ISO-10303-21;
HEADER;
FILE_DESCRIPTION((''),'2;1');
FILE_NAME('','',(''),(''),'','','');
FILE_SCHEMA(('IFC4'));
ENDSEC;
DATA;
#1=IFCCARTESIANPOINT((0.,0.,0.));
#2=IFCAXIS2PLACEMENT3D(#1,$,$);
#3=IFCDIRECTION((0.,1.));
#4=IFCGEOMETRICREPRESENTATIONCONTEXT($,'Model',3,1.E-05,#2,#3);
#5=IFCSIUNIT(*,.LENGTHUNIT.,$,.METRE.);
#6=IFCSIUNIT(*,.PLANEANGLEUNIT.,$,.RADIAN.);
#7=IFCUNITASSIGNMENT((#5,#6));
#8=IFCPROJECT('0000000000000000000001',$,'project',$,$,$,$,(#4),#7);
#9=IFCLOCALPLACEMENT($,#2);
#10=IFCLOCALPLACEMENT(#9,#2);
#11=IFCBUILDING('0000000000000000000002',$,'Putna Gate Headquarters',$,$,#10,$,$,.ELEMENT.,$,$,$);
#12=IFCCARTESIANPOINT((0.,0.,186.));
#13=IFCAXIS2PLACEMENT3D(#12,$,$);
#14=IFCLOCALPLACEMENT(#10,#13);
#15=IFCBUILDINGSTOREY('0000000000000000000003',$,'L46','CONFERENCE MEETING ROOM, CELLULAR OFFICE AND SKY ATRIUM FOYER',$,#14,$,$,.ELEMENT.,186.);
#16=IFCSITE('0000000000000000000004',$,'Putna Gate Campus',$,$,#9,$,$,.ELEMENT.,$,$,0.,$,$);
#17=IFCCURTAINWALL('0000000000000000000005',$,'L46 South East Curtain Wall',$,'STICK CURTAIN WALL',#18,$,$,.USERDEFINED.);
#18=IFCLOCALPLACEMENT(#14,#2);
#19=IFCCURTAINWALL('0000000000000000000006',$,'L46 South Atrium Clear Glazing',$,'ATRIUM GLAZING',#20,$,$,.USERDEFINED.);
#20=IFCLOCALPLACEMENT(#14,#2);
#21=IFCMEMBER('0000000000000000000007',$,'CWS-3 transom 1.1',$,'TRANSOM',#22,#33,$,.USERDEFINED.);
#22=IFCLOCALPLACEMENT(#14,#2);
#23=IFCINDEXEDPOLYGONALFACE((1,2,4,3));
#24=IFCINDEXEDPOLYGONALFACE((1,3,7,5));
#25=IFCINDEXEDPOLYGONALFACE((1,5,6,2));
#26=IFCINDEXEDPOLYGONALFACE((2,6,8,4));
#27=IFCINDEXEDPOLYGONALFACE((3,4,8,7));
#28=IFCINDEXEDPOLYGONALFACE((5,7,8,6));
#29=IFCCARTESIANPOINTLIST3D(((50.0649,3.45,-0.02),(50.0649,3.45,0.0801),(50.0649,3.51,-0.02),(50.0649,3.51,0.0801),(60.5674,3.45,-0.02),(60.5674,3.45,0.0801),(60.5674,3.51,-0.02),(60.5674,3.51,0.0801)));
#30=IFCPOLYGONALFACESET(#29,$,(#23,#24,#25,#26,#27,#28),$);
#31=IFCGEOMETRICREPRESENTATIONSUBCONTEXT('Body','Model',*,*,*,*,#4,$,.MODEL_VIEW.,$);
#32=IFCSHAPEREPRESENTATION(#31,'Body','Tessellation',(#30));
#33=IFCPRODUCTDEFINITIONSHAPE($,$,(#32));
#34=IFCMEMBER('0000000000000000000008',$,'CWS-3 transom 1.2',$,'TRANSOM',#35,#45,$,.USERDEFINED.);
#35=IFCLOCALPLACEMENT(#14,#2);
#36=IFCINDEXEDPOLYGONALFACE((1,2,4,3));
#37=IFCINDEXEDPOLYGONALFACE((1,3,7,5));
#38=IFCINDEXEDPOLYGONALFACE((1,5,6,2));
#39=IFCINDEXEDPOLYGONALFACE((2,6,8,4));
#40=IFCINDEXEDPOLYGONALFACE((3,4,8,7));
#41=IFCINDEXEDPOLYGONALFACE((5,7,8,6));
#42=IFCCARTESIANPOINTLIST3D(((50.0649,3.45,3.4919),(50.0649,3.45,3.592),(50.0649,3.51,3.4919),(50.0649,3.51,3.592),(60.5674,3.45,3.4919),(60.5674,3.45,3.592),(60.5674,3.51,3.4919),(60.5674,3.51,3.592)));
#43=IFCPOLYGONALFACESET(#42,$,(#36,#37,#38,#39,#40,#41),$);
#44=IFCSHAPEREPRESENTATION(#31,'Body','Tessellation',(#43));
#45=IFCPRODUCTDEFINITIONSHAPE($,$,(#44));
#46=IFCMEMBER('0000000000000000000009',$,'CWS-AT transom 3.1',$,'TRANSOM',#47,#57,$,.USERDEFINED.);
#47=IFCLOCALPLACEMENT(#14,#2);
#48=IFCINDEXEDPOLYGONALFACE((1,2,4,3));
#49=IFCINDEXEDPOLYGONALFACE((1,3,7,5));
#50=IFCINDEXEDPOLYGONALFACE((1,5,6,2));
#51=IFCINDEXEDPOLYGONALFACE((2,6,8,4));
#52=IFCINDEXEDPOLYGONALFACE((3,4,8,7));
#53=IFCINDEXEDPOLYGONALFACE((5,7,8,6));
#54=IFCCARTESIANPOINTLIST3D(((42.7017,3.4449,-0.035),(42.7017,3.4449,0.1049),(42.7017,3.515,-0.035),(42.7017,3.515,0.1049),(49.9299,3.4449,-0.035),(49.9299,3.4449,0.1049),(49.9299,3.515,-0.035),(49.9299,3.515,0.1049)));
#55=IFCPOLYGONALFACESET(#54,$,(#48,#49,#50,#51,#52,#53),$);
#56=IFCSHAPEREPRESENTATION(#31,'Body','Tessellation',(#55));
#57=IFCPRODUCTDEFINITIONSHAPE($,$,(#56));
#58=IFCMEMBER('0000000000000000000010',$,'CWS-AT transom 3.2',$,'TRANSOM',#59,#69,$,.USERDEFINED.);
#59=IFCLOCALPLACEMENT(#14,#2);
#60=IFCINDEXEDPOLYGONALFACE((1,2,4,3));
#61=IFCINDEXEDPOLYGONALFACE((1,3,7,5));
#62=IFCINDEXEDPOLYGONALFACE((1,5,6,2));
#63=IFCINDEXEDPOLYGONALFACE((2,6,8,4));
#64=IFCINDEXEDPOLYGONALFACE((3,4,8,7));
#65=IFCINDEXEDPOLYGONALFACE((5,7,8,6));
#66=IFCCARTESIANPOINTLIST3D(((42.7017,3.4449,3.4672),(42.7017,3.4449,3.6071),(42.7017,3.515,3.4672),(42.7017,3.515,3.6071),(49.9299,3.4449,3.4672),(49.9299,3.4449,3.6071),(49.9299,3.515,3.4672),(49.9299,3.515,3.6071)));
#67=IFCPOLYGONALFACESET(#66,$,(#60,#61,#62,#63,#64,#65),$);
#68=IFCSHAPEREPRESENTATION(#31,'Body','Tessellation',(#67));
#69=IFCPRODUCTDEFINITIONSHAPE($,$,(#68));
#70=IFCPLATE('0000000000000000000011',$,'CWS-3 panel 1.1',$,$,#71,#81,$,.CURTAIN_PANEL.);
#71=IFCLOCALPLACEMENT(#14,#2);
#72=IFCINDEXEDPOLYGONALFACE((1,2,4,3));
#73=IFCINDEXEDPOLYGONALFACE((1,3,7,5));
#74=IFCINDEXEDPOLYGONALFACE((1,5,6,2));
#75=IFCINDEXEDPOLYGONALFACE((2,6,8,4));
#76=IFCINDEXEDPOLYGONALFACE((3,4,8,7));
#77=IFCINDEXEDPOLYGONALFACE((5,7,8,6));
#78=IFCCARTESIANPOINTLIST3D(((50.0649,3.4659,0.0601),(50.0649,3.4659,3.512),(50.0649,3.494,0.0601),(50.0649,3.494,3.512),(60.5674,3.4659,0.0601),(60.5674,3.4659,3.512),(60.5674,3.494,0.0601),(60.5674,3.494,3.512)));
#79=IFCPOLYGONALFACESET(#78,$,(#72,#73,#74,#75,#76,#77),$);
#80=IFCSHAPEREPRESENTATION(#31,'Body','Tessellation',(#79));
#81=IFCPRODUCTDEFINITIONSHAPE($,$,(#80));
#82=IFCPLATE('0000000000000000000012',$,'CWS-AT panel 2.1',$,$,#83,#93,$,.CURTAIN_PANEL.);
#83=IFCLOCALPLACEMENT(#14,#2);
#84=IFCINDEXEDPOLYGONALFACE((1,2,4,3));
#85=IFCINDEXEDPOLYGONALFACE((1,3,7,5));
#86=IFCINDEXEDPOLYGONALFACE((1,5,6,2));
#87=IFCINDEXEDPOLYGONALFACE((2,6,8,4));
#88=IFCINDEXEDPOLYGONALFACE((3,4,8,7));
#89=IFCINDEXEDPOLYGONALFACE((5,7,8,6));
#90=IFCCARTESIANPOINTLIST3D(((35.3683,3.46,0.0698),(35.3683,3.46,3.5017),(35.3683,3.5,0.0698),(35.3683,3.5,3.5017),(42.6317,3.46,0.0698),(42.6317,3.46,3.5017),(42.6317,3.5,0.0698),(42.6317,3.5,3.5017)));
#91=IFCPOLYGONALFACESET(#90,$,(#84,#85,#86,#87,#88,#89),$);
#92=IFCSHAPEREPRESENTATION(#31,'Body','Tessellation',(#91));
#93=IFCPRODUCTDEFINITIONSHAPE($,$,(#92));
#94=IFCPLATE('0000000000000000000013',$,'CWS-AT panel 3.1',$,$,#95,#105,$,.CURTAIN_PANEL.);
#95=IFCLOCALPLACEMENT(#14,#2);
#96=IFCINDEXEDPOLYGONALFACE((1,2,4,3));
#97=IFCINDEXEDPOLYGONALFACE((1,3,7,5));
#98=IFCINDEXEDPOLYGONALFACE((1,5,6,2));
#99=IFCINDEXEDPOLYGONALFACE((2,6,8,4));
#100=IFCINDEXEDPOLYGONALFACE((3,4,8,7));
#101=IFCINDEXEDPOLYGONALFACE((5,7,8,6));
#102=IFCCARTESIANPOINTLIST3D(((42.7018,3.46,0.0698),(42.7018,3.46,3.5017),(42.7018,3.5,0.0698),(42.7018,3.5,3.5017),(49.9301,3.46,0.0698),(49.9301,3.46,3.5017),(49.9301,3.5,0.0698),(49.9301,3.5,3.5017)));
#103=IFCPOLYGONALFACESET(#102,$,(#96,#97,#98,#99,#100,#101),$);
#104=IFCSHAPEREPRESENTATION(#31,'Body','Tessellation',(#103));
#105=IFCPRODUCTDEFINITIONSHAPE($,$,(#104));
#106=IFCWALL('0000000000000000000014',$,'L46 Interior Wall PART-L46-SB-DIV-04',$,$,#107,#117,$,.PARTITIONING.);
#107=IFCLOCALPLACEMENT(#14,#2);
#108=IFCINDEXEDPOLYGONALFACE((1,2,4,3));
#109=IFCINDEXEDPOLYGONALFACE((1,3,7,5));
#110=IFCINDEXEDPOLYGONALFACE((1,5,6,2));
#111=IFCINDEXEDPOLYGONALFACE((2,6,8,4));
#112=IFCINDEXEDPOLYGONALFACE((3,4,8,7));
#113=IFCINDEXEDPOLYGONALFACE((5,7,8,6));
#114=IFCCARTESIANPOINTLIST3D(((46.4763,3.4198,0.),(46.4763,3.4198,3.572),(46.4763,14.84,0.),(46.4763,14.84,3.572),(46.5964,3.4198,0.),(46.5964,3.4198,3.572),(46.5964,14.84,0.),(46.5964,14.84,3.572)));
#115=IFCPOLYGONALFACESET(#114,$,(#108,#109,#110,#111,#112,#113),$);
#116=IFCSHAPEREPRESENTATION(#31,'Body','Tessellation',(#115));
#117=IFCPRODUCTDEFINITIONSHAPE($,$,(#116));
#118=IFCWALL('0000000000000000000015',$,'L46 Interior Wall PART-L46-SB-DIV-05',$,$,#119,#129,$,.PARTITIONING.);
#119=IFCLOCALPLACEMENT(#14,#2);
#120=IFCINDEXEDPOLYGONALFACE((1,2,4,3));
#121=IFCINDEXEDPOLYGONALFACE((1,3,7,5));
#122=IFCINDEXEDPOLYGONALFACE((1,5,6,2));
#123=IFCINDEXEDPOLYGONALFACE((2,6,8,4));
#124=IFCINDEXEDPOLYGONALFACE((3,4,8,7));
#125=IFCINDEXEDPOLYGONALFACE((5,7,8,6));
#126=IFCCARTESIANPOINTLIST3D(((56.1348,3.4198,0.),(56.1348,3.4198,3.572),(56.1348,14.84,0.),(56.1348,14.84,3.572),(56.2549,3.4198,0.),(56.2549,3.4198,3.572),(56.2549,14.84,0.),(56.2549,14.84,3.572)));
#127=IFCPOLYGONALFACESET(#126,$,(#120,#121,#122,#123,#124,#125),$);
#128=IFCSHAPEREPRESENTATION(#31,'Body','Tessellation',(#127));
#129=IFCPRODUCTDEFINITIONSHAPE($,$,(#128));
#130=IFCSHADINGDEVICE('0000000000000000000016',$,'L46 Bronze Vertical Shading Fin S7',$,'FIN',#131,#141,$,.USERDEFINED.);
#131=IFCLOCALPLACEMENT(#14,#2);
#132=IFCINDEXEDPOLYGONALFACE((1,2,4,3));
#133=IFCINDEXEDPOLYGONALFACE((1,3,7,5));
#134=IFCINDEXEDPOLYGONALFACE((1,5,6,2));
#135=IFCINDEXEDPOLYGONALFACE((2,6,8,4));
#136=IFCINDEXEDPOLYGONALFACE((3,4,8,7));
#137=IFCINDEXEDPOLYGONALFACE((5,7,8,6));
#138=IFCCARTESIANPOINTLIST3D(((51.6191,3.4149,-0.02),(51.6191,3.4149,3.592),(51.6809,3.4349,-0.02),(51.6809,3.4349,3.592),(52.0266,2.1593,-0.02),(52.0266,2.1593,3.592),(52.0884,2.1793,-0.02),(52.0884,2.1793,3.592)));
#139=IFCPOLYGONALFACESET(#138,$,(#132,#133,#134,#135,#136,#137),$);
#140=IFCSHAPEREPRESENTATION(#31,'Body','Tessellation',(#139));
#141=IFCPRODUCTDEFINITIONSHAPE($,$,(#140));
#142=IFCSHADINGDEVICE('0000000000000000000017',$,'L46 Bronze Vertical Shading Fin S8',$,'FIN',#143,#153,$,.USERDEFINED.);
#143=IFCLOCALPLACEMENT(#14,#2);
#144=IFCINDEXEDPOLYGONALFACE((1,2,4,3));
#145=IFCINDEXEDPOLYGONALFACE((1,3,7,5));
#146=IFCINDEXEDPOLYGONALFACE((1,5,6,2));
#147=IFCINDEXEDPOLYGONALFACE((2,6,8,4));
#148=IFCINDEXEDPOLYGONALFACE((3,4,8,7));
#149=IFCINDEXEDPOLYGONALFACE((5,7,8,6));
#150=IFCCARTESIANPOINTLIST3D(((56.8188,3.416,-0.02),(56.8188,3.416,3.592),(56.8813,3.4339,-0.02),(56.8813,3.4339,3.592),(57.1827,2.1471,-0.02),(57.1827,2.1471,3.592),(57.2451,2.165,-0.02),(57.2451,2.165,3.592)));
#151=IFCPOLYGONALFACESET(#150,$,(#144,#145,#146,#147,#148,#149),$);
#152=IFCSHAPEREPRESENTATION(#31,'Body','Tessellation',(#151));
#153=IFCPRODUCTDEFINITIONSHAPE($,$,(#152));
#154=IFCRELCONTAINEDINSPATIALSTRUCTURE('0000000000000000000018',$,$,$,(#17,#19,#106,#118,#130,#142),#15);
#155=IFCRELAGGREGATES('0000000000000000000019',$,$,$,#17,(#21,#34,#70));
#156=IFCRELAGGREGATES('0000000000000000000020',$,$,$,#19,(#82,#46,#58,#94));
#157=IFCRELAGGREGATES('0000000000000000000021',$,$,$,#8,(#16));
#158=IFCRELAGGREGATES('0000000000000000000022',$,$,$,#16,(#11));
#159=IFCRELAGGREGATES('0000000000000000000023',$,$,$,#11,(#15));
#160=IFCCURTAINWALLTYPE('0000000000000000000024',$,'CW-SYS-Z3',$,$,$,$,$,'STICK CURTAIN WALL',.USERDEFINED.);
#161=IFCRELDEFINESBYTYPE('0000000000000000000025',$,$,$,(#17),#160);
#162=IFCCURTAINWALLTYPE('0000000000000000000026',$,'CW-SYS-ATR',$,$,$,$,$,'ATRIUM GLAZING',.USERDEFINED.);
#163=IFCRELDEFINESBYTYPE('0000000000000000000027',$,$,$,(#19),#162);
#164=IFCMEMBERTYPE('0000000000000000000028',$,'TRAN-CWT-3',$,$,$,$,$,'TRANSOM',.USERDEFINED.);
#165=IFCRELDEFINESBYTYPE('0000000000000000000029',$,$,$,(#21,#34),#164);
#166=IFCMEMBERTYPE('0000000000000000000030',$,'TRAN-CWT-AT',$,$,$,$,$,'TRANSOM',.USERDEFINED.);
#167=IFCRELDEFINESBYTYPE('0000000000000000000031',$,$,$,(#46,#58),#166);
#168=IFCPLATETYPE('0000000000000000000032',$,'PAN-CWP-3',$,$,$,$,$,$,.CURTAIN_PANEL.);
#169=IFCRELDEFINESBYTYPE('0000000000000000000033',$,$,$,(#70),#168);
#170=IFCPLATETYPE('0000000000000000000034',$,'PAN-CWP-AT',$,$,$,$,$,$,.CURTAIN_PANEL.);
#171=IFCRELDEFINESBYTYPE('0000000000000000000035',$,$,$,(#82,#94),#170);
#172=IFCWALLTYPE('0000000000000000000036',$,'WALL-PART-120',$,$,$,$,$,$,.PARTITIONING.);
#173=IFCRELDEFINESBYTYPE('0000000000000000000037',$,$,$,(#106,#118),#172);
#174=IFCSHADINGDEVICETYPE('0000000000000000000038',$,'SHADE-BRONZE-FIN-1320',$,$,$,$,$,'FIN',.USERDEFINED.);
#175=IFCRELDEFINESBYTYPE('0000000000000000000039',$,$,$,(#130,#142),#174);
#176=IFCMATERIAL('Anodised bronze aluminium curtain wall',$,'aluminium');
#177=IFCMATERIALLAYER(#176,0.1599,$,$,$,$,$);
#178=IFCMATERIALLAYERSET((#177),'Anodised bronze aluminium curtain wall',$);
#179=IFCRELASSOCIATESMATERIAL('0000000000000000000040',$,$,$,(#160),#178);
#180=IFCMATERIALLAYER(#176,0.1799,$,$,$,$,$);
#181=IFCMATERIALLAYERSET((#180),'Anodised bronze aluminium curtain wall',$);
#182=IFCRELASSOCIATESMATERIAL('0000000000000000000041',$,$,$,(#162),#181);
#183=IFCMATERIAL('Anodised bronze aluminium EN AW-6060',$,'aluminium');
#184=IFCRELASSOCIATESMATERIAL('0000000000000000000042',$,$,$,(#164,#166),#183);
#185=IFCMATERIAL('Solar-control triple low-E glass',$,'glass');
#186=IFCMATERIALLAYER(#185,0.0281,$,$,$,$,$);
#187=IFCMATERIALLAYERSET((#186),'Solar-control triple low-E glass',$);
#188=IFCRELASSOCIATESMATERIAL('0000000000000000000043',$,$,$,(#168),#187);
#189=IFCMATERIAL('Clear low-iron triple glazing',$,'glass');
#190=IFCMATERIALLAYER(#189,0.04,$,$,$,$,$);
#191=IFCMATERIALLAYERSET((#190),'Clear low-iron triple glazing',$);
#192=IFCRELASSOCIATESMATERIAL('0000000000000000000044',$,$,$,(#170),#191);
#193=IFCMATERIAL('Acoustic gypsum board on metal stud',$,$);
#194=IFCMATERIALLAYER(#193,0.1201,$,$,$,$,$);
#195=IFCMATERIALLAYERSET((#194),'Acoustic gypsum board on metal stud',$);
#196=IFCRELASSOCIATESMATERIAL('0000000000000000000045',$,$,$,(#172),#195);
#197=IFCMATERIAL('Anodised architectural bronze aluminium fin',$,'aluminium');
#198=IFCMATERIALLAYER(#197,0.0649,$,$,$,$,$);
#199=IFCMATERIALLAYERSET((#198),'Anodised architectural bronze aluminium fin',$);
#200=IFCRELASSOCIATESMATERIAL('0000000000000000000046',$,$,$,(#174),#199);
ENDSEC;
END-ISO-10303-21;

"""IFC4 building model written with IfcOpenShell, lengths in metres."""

from ifc_helpers import new_model, si_unit, direction, frame, frame_2d, origin, origin_2d, place, context, subcontext, project, spatial, rectangle, extrude, material, layer, layer_set, material_profile, profile_set, type_object, element, aggregate, save


model = new_model("IFC4")

# Units and contexts
model_context = context("Model", 3, precision=1e-05, world=origin(), true_north=direction((0.0, 1.0)))
body_context = subcontext(model_context, "Body", "Model", "MODEL_VIEW")
ifc_project = project(units=[si_unit("LENGTHUNIT", "METRE"), si_unit("PLANEANGLEUNIT", "RADIAN")], contexts=[model_context])

# Site, building, storey
site_placement = place(None, origin())
site = spatial("IfcSite", under=ifc_project, at=site_placement, Name="Putna Gate Campus", CompositionType="ELEMENT", RefElevation=0.0)
building_placement = place(site_placement, origin())
building = spatial("IfcBuilding", under=site, at=building_placement, Name="Putna Gate Headquarters", CompositionType="ELEMENT")
storey_placement = place(building_placement, frame((0.0, 0.0, 186.0)))
storey = spatial("IfcBuildingStorey", under=building, at=storey_placement, Name="L46", Description="CONFERENCE MEETING ROOM, CELLULAR OFFICE AND SKY ATRIUM FOYER", CompositionType="ELEMENT", Elevation=186.0)

# Curtain wall
ifc_material_1 = material(Name="Anodised bronze aluminium curtain wall", Category="aluminium")
ifc_layer_1 = layer(ifc_material_1, 0.1599)
ifc_layer_set_1 = layer_set([ifc_layer_1], Name="Anodised bronze aluminium curtain wall")
curtain_wall_type_1 = type_object("IfcCurtainWallType", Name="CW-SYS-Z3", ElementType="STICK CURTAIN WALL", PredefinedType="USERDEFINED", material=ifc_layer_set_1)
curtain_wall_1_placement = place(storey_placement, origin())
curtain_wall_1 = element("IfcCurtainWall", 1, at=curtain_wall_1_placement, inside=storey, type_object=curtain_wall_type_1, Name="L46 South East Curtain Wall", ObjectType="STICK CURTAIN WALL", PredefinedType="USERDEFINED")
ifc_material_2 = material(Name="Anodised bronze aluminium EN AW-6060", Category="aluminium")

# Curtain wall
ifc_layer_2 = layer(ifc_material_1, 0.1799)
ifc_layer_set_2 = layer_set([ifc_layer_2], Name="Anodised bronze aluminium curtain wall")
curtain_wall_type_2 = type_object("IfcCurtainWallType", Name="CW-SYS-ATR", ElementType="ATRIUM GLAZING", PredefinedType="USERDEFINED", material=ifc_layer_set_2)
curtain_wall_2_placement = place(storey_placement, origin())
curtain_wall_2 = element("IfcCurtainWall", 2, at=curtain_wall_2_placement, inside=storey, type_object=curtain_wall_type_2, Name="L46 South Atrium Clear Glazing", ObjectType="ATRIUM GLAZING", PredefinedType="USERDEFINED")

# Members
ifc_material_profile_1 = material_profile(ifc_material_2, rectangle(XDim=0.0601, YDim=0.1001, at=origin_2d()), Name="Anodised bronze aluminium EN AW-6060")
ifc_profile_set_1 = profile_set([ifc_material_profile_1], Name="Anodised bronze aluminium EN AW-6060")
member_type_1 = type_object("IfcMemberType", Name="TRAN-CWT-3", ElementType="TRANSOM", PredefinedType="USERDEFINED", material=ifc_profile_set_1)
member_1_placement = place(storey_placement, frame((50.0649, 3.48, 0.03), z_axis=(1.0, 0.0, 0.0), x_axis=(0.0, 1.0, 0.0)))
member_1 = element("IfcMember", 3, at=member_1_placement, type_object=member_type_1, Name="CWS-3 transom 1.1", ObjectType="TRANSOM", PredefinedType="USERDEFINED", context=body_context, shape_type="SweptSolid", body=[
    extrude(rectangle(XDim=0.0601, YDim=0.1001, at=origin_2d()), origin(), (0.0, 0.0, 1.0), 10.5024),
])
member_2_placement = place(storey_placement, frame((50.0649, 3.48, 3.542), z_axis=(1.0, 0.0, 0.0), x_axis=(0.0, 1.0, 0.0)))
member_2 = element("IfcMember", 4, at=member_2_placement, type_object=member_type_1, Name="CWS-3 transom 1.2", ObjectType="TRANSOM", PredefinedType="USERDEFINED", context=body_context, shape_type="SweptSolid", body=[
    extrude(rectangle(XDim=0.0601, YDim=0.1001, at=origin_2d()), origin(), (0.0, 0.0, 1.0), 10.5024),
])
ifc_material_profile_2 = material_profile(ifc_material_2, rectangle(XDim=0.0701, YDim=0.1399, at=origin_2d()), Name="Anodised bronze aluminium EN AW-6060")
ifc_profile_set_2 = profile_set([ifc_material_profile_2], Name="Anodised bronze aluminium EN AW-6060")
member_type_2 = type_object("IfcMemberType", Name="TRAN-CWT-AT", ElementType="TRANSOM", PredefinedType="USERDEFINED", material=ifc_profile_set_2)
member_3_placement = place(storey_placement, frame((42.7017, 3.48, 0.0349), z_axis=(1.0, 0.0, 0.0), x_axis=(0.0, 1.0, 0.0)))
member_3 = element("IfcMember", 5, at=member_3_placement, type_object=member_type_2, Name="CWS-AT transom 3.1", ObjectType="TRANSOM", PredefinedType="USERDEFINED", context=body_context, shape_type="SweptSolid", body=[
    extrude(rectangle(XDim=0.0701, YDim=0.1399, at=origin_2d()), origin(), (0.0, 0.0, 1.0), 7.2283),
])
member_4_placement = place(storey_placement, frame((42.7017, 3.48, 3.5371), z_axis=(1.0, 0.0, 0.0), x_axis=(0.0, 1.0, 0.0)))
member_4 = element("IfcMember", 6, at=member_4_placement, type_object=member_type_2, Name="CWS-AT transom 3.2", ObjectType="TRANSOM", PredefinedType="USERDEFINED", context=body_context, shape_type="SweptSolid", body=[
    extrude(rectangle(XDim=0.0701, YDim=0.1399, at=origin_2d()), origin(), (0.0, 0.0, 1.0), 7.2283),
])

# Plates
ifc_material_3 = material(Name="Solar-control triple low-E glass", Category="glass")
ifc_layer_3 = layer(ifc_material_3, 0.0281)
ifc_layer_set_3 = layer_set([ifc_layer_3], Name="Solar-control triple low-E glass")
plate_type_1 = type_object("IfcPlateType", Name="PAN-CWP-3", PredefinedType="CURTAIN_PANEL", material=ifc_layer_set_3)
plate_1_placement = place(storey_placement, frame((55.3162, 3.48, 0.0601), z_axis=(0.0, 0.0, 1.0), x_axis=(1.0, 0.0, 0.0)))
plate_1 = element("IfcPlate", 7, at=plate_1_placement, type_object=plate_type_1, Name="CWS-3 panel 1.1", PredefinedType="CURTAIN_PANEL", context=body_context, shape_type="SweptSolid", body=[
    extrude(rectangle(XDim=10.5024, YDim=0.0281, at=origin_2d()), origin(), (0.0, 0.0, 1.0), 3.4519),
])
aggregate(curtain_wall_1, [member_1, member_2, plate_1])
ifc_material_4 = material(Name="Clear low-iron triple glazing", Category="glass")
ifc_layer_4 = layer(ifc_material_4, 0.04)
ifc_layer_set_4 = layer_set([ifc_layer_4], Name="Clear low-iron triple glazing")
plate_type_2 = type_object("IfcPlateType", Name="PAN-CWP-AT", PredefinedType="CURTAIN_PANEL", material=ifc_layer_set_4)
plate_2_placement = place(storey_placement, frame((39.0, 3.48, 0.0698), z_axis=(0.0, 0.0, 1.0), x_axis=(1.0, 0.0, 0.0)))
plate_2 = element("IfcPlate", 8, at=plate_2_placement, type_object=plate_type_2, Name="CWS-AT panel 2.1", PredefinedType="CURTAIN_PANEL", context=body_context, shape_type="SweptSolid", body=[
    extrude(rectangle(XDim=7.2634, YDim=0.04, at=origin_2d()), origin(), (0.0, 0.0, 1.0), 3.4319),
])
plate_3_placement = place(storey_placement, frame((46.3159, 3.48, 0.0698), z_axis=(0.0, 0.0, 1.0), x_axis=(1.0, 0.0, 0.0)))
plate_3 = element("IfcPlate", 9, at=plate_3_placement, type_object=plate_type_2, Name="CWS-AT panel 3.1", PredefinedType="CURTAIN_PANEL", context=body_context, shape_type="SweptSolid", body=[
    extrude(rectangle(XDim=7.2283, YDim=0.04, at=origin_2d()), origin(), (0.0, 0.0, 1.0), 3.4319),
])
aggregate(curtain_wall_2, [plate_2, member_3, member_4, plate_3])

# Walls
ifc_material_5 = material(Name="Acoustic gypsum board on metal stud")
ifc_layer_5 = layer(ifc_material_5, 0.1201)
ifc_layer_set_5 = layer_set([ifc_layer_5], Name="Acoustic gypsum board on metal stud")
wall_type = type_object("IfcWallType", Name="WALL-PART-120", PredefinedType="PARTITIONING", material=ifc_layer_set_5)
for number, where, z_axis, x_axis, name in (
    (10, (46.5364, 3.4199, 0.0), (0.0, 0.0, 1.0), (0.0, 1.0, 0.0), "L46 Interior Wall PART-L46-SB-DIV-04"),
    (11, (56.1948, 3.4199, 0.0), (0.0, 0.0, 1.0), (0.0, 1.0, 0.0), "L46 Interior Wall PART-L46-SB-DIV-05"),
):
    element("IfcWall", number, at=place(storey_placement, frame(where, z_axis=z_axis, x_axis=x_axis)), inside=storey, type_object=wall_type, Name=name, PredefinedType="PARTITIONING", context=body_context, shape_type="SweptSolid", body=[
        extrude(rectangle(XDim=11.4202, YDim=0.1201, at=frame_2d((5.71, 0.0))), origin(), (0.0, 0.0, 1.0), 3.572),
    ])

# Shading devices
ifc_material_6 = material(Name="Anodised architectural bronze aluminium fin", Category="aluminium")
ifc_layer_6 = layer(ifc_material_6, 0.0649)
ifc_layer_set_6 = layer_set([ifc_layer_6], Name="Anodised architectural bronze aluminium fin")
shading_device_type = type_object("IfcShadingDeviceType", Name="SHADE-BRONZE-FIN-1320", ElementType="FIN", PredefinedType="USERDEFINED", material=ifc_layer_set_6)
for number, where, z_axis, x_axis, name in (
    (12, (51.8538, 2.7971, -0.02), (0.0, 0.0, 1.0), (0.308685, -0.951164, 0.0), "L46 Bronze Vertical Shading Fin S7"),
    (13, (57.032, 2.7905, -0.02), (0.0, 0.0, 1.0), (0.275637, -0.961262, 0.0), "L46 Bronze Vertical Shading Fin S8"),
):
    element("IfcShadingDevice", number, at=place(storey_placement, frame(where, z_axis=z_axis, x_axis=x_axis)), inside=storey, type_object=shading_device_type, Name=name, ObjectType="FIN", PredefinedType="USERDEFINED", context=body_context, shape_type="SweptSolid", body=[
        extrude(rectangle(XDim=1.3201, YDim=0.0649, at=origin_2d()), origin(), (0.0, 0.0, 1.0), 3.6121),
    ])

save(model, "model.ifc")
